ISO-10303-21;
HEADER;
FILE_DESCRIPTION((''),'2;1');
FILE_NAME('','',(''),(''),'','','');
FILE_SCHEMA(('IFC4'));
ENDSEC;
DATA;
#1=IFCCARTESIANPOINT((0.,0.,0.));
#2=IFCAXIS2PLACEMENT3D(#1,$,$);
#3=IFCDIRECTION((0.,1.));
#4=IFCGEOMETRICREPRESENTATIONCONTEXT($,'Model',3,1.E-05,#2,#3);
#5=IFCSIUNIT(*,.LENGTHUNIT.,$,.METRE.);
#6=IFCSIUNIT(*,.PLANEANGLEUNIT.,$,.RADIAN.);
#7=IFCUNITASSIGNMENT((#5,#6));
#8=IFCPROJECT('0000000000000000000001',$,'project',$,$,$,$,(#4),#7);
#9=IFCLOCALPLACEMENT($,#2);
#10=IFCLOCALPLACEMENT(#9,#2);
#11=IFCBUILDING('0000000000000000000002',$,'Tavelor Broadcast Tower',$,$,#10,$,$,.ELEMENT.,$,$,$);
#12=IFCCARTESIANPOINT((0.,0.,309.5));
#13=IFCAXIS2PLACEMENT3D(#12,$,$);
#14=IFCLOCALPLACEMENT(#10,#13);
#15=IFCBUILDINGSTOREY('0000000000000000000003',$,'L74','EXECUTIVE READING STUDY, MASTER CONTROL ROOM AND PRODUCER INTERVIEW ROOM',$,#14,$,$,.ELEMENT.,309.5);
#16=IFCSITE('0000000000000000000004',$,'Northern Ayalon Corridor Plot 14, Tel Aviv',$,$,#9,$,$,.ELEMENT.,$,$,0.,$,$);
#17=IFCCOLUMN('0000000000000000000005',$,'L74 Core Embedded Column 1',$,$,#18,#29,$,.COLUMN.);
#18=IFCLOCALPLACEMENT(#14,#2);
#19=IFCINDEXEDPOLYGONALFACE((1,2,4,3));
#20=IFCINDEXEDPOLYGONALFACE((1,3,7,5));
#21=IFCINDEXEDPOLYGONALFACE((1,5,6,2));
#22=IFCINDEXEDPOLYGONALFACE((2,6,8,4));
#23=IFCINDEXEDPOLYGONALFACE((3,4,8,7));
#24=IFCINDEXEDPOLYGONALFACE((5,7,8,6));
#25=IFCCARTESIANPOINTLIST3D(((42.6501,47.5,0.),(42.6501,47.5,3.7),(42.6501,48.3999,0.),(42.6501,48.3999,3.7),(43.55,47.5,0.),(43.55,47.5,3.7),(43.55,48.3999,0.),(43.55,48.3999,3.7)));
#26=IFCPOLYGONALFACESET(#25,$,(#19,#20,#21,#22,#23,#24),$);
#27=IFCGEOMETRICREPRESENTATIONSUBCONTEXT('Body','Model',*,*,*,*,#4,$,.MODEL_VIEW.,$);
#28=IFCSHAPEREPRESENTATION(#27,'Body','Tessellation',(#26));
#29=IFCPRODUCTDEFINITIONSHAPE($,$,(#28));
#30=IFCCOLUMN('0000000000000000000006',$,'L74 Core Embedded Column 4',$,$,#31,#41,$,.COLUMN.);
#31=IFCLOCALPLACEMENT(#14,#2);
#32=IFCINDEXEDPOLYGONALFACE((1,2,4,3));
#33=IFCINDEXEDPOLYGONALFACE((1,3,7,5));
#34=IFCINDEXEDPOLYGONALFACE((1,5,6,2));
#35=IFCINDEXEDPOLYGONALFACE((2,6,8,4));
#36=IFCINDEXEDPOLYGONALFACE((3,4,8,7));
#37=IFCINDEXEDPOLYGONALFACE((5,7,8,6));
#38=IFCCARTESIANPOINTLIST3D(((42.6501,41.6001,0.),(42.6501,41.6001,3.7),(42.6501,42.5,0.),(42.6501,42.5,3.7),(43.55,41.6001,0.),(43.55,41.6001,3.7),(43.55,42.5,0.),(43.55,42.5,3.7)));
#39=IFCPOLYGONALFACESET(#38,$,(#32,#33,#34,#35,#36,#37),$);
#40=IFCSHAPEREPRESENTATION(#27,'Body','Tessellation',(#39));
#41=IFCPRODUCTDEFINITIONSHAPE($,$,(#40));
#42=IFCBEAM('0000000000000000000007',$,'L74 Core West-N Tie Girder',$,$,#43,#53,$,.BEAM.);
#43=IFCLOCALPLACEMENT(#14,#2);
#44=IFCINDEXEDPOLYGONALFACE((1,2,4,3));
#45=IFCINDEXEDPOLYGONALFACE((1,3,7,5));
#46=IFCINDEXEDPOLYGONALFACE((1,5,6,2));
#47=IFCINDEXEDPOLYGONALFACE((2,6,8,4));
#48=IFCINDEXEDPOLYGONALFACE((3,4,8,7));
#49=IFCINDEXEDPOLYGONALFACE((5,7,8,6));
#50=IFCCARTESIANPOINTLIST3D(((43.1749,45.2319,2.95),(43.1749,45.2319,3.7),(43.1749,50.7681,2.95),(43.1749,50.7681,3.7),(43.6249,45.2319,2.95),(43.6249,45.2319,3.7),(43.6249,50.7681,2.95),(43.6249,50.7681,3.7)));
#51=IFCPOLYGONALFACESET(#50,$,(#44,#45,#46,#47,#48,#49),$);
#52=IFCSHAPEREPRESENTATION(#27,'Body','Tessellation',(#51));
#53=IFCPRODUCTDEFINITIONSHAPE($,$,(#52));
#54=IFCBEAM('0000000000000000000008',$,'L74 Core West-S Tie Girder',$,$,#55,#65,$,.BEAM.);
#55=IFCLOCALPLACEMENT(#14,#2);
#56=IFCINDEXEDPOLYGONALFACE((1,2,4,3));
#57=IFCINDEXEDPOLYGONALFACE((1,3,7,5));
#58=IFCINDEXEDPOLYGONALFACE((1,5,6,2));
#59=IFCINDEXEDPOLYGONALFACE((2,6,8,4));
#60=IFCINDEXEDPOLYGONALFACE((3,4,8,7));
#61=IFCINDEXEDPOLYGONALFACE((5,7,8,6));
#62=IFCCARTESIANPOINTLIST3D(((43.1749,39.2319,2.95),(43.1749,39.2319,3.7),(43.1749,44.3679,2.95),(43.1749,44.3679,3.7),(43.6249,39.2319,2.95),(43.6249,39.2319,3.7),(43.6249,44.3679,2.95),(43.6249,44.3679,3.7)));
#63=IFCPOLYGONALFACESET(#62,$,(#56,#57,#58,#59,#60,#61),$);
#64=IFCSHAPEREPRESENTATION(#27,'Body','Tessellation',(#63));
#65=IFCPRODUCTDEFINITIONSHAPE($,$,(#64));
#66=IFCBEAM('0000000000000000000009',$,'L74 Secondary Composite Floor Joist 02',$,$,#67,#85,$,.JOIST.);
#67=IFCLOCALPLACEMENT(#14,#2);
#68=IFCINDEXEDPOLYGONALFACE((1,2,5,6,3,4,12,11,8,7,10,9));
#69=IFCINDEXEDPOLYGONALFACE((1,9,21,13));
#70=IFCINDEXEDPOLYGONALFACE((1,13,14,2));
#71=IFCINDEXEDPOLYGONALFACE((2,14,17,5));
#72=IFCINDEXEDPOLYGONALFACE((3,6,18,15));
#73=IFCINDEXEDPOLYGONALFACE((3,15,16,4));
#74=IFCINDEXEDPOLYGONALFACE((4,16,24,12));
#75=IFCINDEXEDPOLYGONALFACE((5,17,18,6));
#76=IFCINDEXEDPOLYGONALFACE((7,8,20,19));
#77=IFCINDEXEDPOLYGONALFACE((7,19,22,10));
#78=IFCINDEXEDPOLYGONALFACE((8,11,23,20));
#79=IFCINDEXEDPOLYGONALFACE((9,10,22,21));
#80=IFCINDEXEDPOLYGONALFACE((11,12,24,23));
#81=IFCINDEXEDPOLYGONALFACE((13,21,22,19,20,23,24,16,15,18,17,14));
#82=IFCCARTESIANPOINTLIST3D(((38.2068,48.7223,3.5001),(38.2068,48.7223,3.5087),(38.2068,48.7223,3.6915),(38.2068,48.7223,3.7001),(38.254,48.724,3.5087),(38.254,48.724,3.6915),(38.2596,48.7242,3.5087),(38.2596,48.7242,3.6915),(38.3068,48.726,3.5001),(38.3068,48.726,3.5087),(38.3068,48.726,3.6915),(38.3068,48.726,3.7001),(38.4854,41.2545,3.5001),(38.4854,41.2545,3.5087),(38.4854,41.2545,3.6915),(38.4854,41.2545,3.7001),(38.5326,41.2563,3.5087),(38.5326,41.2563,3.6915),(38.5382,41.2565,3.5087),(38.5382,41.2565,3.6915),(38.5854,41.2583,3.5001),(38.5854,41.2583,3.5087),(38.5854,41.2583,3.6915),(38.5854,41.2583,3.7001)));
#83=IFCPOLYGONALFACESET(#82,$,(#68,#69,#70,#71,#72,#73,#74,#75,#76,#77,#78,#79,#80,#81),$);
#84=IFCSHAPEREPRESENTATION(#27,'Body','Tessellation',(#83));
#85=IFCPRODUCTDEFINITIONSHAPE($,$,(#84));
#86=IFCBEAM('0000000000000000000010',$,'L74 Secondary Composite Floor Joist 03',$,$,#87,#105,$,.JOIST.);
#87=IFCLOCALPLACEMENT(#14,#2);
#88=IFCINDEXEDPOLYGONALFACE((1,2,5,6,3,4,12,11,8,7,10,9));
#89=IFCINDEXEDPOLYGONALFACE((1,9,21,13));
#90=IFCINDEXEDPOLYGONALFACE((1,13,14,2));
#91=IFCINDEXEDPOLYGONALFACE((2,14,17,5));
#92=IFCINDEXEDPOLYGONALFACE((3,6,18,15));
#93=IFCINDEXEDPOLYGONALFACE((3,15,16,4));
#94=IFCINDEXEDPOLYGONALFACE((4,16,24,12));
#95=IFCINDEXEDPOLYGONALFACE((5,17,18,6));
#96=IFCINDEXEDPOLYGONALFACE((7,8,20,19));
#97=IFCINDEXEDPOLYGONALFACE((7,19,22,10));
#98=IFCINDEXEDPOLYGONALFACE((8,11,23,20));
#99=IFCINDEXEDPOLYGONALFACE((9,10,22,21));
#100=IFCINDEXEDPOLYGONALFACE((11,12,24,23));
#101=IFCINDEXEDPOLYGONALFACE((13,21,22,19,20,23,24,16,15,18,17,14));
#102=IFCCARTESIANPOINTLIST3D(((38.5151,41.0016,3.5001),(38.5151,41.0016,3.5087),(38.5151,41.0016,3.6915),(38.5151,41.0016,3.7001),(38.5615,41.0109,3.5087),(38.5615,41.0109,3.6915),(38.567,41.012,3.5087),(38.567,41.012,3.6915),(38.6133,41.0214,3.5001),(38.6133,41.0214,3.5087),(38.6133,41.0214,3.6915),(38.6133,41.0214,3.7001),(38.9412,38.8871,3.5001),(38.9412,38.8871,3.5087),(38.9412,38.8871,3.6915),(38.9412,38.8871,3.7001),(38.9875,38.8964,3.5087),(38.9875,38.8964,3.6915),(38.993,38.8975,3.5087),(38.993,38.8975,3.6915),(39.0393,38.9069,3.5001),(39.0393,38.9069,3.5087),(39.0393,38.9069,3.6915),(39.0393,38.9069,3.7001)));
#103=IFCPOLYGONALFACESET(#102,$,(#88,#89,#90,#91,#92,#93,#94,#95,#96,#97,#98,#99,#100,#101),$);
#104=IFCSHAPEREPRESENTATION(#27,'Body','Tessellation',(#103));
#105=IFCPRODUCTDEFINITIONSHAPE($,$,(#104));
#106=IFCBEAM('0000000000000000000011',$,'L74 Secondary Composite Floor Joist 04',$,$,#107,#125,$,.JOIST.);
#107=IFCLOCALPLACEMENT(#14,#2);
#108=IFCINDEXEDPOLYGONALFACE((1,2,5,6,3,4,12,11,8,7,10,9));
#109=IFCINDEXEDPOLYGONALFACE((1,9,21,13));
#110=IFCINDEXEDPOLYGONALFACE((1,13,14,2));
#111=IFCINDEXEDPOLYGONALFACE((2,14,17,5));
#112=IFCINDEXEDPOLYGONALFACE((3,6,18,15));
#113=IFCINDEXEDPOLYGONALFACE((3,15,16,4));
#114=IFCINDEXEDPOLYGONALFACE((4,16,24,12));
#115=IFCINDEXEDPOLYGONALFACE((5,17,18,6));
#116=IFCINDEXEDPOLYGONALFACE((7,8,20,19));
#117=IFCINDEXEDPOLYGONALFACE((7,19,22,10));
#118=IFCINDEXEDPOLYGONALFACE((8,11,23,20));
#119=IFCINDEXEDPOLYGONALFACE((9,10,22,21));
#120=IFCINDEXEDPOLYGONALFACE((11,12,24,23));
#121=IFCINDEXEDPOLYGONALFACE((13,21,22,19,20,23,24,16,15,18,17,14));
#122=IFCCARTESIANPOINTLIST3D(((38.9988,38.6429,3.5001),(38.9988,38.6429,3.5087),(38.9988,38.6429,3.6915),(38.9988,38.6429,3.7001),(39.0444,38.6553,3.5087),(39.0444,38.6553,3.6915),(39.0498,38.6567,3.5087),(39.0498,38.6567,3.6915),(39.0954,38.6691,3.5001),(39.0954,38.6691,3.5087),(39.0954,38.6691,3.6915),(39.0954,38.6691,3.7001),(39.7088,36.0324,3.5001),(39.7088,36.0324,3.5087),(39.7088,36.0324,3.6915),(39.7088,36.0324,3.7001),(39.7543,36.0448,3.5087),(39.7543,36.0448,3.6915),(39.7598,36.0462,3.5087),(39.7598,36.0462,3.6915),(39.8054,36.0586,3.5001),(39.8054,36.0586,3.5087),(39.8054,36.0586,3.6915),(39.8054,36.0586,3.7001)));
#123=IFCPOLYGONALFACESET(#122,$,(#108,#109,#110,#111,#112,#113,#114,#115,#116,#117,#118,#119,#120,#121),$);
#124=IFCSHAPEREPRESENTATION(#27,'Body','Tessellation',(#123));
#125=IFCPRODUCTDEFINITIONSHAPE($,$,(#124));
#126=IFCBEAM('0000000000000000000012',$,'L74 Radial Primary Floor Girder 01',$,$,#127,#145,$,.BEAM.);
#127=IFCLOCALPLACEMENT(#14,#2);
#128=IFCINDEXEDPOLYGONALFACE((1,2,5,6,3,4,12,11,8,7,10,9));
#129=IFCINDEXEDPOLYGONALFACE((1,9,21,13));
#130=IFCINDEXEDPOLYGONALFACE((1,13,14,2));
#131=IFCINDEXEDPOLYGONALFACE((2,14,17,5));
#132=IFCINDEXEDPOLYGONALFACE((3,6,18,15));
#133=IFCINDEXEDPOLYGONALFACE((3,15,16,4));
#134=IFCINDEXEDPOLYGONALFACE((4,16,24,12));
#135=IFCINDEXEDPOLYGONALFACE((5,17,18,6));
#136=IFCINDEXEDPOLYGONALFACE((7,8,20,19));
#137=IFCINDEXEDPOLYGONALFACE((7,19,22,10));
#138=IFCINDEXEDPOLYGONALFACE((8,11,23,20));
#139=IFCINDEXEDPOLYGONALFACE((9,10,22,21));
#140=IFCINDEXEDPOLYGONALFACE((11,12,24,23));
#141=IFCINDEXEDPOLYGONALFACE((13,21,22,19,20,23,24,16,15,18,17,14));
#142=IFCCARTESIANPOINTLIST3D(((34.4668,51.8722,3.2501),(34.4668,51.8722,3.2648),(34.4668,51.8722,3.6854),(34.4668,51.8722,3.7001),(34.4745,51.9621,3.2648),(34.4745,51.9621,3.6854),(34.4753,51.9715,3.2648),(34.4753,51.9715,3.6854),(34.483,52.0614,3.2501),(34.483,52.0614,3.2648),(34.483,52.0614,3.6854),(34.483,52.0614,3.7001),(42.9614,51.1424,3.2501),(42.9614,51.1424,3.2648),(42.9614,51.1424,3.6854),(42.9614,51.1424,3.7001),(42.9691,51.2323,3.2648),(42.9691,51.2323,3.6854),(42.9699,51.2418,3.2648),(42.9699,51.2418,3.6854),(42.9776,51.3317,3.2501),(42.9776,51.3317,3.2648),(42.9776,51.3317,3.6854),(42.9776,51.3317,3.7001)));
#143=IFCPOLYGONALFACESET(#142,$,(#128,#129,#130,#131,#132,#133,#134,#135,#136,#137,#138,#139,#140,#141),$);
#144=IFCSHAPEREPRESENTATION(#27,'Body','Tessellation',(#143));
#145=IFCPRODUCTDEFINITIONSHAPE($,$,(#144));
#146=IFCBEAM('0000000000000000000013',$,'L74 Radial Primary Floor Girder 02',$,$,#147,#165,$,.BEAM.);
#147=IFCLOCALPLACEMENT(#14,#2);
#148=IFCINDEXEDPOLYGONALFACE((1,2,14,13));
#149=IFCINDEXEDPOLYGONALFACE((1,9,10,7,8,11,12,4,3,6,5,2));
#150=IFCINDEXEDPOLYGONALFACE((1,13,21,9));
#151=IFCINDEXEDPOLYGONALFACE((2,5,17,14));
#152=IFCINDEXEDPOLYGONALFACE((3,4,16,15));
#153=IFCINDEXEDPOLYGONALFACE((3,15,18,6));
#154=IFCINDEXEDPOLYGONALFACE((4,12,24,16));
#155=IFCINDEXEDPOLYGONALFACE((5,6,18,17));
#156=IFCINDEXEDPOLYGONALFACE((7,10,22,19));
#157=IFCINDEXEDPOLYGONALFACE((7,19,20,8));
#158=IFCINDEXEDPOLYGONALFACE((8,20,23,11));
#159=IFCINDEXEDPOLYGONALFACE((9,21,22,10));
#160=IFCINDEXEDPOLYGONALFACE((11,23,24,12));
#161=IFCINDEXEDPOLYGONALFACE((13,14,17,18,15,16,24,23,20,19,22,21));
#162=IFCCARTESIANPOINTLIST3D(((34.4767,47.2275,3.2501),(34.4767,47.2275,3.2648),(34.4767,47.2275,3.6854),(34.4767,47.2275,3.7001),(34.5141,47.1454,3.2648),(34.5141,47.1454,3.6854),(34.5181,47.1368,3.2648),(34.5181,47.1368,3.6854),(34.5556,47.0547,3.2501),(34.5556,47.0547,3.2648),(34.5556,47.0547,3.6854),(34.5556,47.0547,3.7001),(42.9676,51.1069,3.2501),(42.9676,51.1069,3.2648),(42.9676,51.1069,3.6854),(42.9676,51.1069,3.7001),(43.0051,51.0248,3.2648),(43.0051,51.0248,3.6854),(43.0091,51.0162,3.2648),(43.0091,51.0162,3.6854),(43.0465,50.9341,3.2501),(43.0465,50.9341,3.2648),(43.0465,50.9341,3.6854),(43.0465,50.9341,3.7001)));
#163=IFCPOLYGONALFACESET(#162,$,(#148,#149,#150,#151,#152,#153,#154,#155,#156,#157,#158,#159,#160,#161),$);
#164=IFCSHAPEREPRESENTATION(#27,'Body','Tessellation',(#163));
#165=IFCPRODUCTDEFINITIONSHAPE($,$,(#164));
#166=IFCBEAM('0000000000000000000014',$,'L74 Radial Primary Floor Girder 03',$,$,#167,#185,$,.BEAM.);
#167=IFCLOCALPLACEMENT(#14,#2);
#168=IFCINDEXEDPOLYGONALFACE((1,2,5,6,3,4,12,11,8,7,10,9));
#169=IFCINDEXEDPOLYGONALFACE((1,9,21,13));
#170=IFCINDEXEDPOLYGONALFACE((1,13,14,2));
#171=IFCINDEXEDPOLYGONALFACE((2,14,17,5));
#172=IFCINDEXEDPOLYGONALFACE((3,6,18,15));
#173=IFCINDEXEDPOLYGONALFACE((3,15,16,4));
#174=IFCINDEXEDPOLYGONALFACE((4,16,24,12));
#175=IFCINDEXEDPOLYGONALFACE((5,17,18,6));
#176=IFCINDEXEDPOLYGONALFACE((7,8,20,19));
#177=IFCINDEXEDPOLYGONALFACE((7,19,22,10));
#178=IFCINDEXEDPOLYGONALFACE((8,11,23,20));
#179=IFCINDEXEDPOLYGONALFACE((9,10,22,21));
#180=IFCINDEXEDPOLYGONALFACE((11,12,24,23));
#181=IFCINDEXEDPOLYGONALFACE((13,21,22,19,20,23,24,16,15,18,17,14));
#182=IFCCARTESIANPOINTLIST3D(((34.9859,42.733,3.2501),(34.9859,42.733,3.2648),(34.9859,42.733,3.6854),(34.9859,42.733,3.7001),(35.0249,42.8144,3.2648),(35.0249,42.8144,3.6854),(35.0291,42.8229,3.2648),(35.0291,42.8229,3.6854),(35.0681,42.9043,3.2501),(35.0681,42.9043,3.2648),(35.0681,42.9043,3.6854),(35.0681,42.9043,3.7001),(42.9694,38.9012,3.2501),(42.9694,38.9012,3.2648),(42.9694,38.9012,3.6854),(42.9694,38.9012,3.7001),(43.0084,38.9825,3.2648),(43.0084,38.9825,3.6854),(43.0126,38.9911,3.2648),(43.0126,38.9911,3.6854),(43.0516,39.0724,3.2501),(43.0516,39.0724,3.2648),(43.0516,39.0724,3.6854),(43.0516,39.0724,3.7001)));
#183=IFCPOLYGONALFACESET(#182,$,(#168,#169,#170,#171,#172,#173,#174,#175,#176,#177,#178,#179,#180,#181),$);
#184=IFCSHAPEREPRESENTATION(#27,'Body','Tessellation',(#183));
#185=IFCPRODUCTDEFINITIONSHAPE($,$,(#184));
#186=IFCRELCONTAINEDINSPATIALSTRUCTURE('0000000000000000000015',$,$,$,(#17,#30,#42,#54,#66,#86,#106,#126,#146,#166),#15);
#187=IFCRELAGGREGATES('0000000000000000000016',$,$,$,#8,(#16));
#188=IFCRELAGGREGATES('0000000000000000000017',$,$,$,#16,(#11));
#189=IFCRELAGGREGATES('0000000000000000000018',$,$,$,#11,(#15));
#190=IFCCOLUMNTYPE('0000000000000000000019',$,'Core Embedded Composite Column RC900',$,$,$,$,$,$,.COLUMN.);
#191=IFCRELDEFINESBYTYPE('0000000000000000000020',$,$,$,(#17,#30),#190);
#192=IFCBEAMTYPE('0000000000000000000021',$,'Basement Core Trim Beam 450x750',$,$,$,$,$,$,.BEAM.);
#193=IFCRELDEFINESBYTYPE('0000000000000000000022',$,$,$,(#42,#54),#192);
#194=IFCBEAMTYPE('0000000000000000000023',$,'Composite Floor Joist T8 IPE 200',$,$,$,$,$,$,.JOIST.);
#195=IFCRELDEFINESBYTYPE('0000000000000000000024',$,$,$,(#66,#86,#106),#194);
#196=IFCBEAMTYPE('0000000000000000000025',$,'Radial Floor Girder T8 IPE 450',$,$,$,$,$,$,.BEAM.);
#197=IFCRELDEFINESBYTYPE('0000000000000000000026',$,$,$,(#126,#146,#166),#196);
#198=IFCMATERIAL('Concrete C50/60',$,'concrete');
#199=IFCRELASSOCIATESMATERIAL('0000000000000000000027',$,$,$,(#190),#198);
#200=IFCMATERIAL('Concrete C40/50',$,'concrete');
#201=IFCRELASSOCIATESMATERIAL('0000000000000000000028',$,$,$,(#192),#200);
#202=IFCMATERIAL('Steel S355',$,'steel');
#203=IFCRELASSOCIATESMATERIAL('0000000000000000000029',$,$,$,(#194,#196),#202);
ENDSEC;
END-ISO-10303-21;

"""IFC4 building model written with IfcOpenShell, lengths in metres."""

from ifc_helpers import new_model, si_unit, direction, frame, origin, origin_2d, place, context, subcontext, project, spatial, rectangle, i_section, extrude, material, material_profile, profile_set, type_object, element, save


model = new_model("IFC4")

# Units and contexts
model_context = context("Model", 3, precision=1e-05, world=origin(), true_north=direction((0.0, 1.0)))
body_context = subcontext(model_context, "Body", "Model", "MODEL_VIEW")
ifc_project = project(units=[si_unit("LENGTHUNIT", "METRE"), si_unit("PLANEANGLEUNIT", "RADIAN")], contexts=[model_context])

# Site, building, storey
site_placement = place(None, origin())
site = spatial("IfcSite", under=ifc_project, at=site_placement, Name="Northern Ayalon Corridor Plot 14, Tel Aviv", CompositionType="ELEMENT", RefElevation=0.0)
building_placement = place(site_placement, origin())
building = spatial("IfcBuilding", under=site, at=building_placement, Name="Tavelor Broadcast Tower", CompositionType="ELEMENT")
storey_placement = place(building_placement, frame((0.0, 0.0, 309.5)))
storey = spatial("IfcBuildingStorey", under=building, at=storey_placement, Name="L74", Description="EXECUTIVE READING STUDY, MASTER CONTROL ROOM AND PRODUCER INTERVIEW ROOM", CompositionType="ELEMENT", Elevation=309.5)

# Columns
ifc_material_1 = material(Name="Concrete C50/60", Category="concrete")
ifc_material_profile_1 = material_profile(ifc_material_1, rectangle(XDim=0.8999, YDim=0.8999, at=origin_2d()), Name="RC 900x900")
ifc_profile_set_1 = profile_set([ifc_material_profile_1], Name="Concrete C50/60")
column_type = type_object("IfcColumnType", Name="Core Embedded Composite Column RC900", PredefinedType="COLUMN", material=ifc_profile_set_1)
for number, where, z_axis, x_axis, name in (
    (1, (43.1001, 47.95, 0.0), (0.0, 0.0, 1.0), (1.0, 0.0, 0.0), "L74 Core Embedded Column 1"),
    (2, (43.1001, 42.05, 0.0), (0.0, 0.0, 1.0), (1.0, 0.0, 0.0), "L74 Core Embedded Column 4"),
):
    element("IfcColumn", number, at=place(storey_placement, frame(where, z_axis=z_axis, x_axis=x_axis)), inside=storey, type_object=column_type, Name=name, PredefinedType="COLUMN", context=body_context, shape_type="SweptSolid", body=[
        extrude(rectangle(XDim=0.8999, YDim=0.8999, at=origin_2d()), origin(), (0.0, 0.0, 1.0), 3.7),
    ])

# Beams
ifc_material_2 = material(Name="Concrete C40/50", Category="concrete")
ifc_material_profile_2 = material_profile(ifc_material_2, rectangle(XDim=0.45, YDim=0.75, at=origin_2d()), Name="RC 450x750")
ifc_profile_set_2 = profile_set([ifc_material_profile_2], Name="Concrete C40/50")
beam_type_1 = type_object("IfcBeamType", Name="Basement Core Trim Beam 450x750", PredefinedType="BEAM", material=ifc_profile_set_2)
beam_1_placement = place(storey_placement, frame((43.3999, 45.2319, 3.325), z_axis=(0.0, 1.0, 0.0), x_axis=(-1.0, 0.0, 0.0)))
element("IfcBeam", 3, at=beam_1_placement, inside=storey, type_object=beam_type_1, Name="L74 Core West-N Tie Girder", PredefinedType="BEAM", context=body_context, shape_type="SweptSolid", body=[
    extrude(rectangle(XDim=0.45, YDim=0.75, at=origin_2d()), origin(), (0.0, 0.0, 1.0), 5.5361),
])
beam_2_placement = place(storey_placement, frame((43.3999, 39.2319, 3.325), z_axis=(0.0, 1.0, 0.0), x_axis=(-1.0, 0.0, 0.0)))
element("IfcBeam", 4, at=beam_2_placement, inside=storey, type_object=beam_type_1, Name="L74 Core West-S Tie Girder", PredefinedType="BEAM", context=body_context, shape_type="SweptSolid", body=[
    extrude(rectangle(XDim=0.45, YDim=0.75, at=origin_2d()), origin(), (0.0, 0.0, 1.0), 5.136),
])
ifc_material_3 = material(Name="Steel S355", Category="steel")
ifc_material_profile_3 = material_profile(ifc_material_3, i_section(OverallWidth=0.1001, OverallDepth=0.2, WebThickness=0.0056, FlangeThickness=0.0085, at=origin_2d()), Name="IPE 200")
ifc_profile_set_3 = profile_set([ifc_material_profile_3], Name="Steel S355")
beam_type_2 = type_object("IfcBeamType", Name="Composite Floor Joist T8 IPE 200", PredefinedType="JOIST", material=ifc_profile_set_3)
beam_3_placement = place(storey_placement, frame((38.2568, 48.7241, 3.6001), z_axis=(0.037276, -0.999305, 0.0), x_axis=(0.999305, 0.037276, 0.0)))
element("IfcBeam", 5, at=beam_3_placement, inside=storey, type_object=beam_type_2, Name="L74 Secondary Composite Floor Joist 02", PredefinedType="JOIST", context=body_context, shape_type="SweptSolid", body=[
    extrude(i_section(OverallWidth=0.1001, OverallDepth=0.2, WebThickness=0.0056, FlangeThickness=0.0085, at=origin_2d()), origin(), (0.0, 0.0, 1.0), 7.4729),
])
beam_4_placement = place(storey_placement, frame((38.5642, 41.0115, 3.6001), z_axis=(0.197509, -0.980301, 0.0), x_axis=(0.980301, 0.197509, 0.0)))
element("IfcBeam", 6, at=beam_4_placement, inside=storey, type_object=beam_type_2, Name="L74 Secondary Composite Floor Joist 03", PredefinedType="JOIST", context=body_context, shape_type="SweptSolid", body=[
    extrude(i_section(OverallWidth=0.1001, OverallDepth=0.2, WebThickness=0.0056, FlangeThickness=0.0085, at=origin_2d()), origin(), (0.0, 0.0, 1.0), 2.157),
])
beam_5_placement = place(storey_placement, frame((39.0471, 38.656, 3.6001), z_axis=(0.262422, -0.964953, 0.0), x_axis=(0.964953, 0.262422, 0.0)))
element("IfcBeam", 7, at=beam_5_placement, inside=storey, type_object=beam_type_2, Name="L74 Secondary Composite Floor Joist 04", PredefinedType="JOIST", context=body_context, shape_type="SweptSolid", body=[
    extrude(i_section(OverallWidth=0.1001, OverallDepth=0.2, WebThickness=0.0056, FlangeThickness=0.0085, at=origin_2d()), origin(), (0.0, 0.0, 1.0), 2.7053),
])
ifc_material_profile_4 = material_profile(ifc_material_3, i_section(OverallWidth=0.1899, OverallDepth=0.45, WebThickness=0.0095, FlangeThickness=0.0146, at=origin_2d()), Name="IPE 450")
ifc_profile_set_4 = profile_set([ifc_material_profile_4], Name="Steel S355")
beam_type_3 = type_object("IfcBeamType", Name="Radial Floor Girder T8 IPE 450", PredefinedType="BEAM", material=ifc_profile_set_4)
beam_6_placement = place(storey_placement, frame((42.9695, 51.2371, 3.4751), z_axis=(-0.99633, 0.08559, 0.0), x_axis=(-0.08559, -0.99633, 0.0)))
element("IfcBeam", 8, at=beam_6_placement, inside=storey, type_object=beam_type_3, Name="L74 Radial Primary Floor Girder 01", PredefinedType="BEAM", context=body_context, shape_type="SweptSolid", body=[
    extrude(i_section(OverallWidth=0.1899, OverallDepth=0.45, WebThickness=0.0095, FlangeThickness=0.0146, at=origin_2d()), origin(), (0.0, 0.0, 1.0), 8.5259),
])
beam_7_placement = place(storey_placement, frame((43.0071, 51.0205, 3.4751), z_axis=(-0.909563, -0.415566, 0.0), x_axis=(0.415566, -0.909563, 0.0)))
element("IfcBeam", 9, at=beam_7_placement, inside=storey, type_object=beam_type_3, Name="L74 Radial Primary Floor Girder 02", PredefinedType="BEAM", context=body_context, shape_type="SweptSolid", body=[
    extrude(i_section(OverallWidth=0.1899, OverallDepth=0.45, WebThickness=0.0095, FlangeThickness=0.0146, at=origin_2d()), origin(), (0.0, 0.0, 1.0), 9.3352),
])
beam_8_placement = place(storey_placement, frame((43.0105, 38.9868, 3.4751), z_axis=(-0.901534, 0.432709, 0.0), x_axis=(-0.432709, -0.901534, 0.0)))
element("IfcBeam", 10, at=beam_8_placement, inside=storey, type_object=beam_type_3, Name="L74 Radial Primary Floor Girder 03", PredefinedType="BEAM", context=body_context, shape_type="SweptSolid", body=[
    extrude(i_section(OverallWidth=0.1899, OverallDepth=0.45, WebThickness=0.0095, FlangeThickness=0.0146, at=origin_2d()), origin(), (0.0, 0.0, 1.0), 8.8555),
])

save(model, "model.ifc")
